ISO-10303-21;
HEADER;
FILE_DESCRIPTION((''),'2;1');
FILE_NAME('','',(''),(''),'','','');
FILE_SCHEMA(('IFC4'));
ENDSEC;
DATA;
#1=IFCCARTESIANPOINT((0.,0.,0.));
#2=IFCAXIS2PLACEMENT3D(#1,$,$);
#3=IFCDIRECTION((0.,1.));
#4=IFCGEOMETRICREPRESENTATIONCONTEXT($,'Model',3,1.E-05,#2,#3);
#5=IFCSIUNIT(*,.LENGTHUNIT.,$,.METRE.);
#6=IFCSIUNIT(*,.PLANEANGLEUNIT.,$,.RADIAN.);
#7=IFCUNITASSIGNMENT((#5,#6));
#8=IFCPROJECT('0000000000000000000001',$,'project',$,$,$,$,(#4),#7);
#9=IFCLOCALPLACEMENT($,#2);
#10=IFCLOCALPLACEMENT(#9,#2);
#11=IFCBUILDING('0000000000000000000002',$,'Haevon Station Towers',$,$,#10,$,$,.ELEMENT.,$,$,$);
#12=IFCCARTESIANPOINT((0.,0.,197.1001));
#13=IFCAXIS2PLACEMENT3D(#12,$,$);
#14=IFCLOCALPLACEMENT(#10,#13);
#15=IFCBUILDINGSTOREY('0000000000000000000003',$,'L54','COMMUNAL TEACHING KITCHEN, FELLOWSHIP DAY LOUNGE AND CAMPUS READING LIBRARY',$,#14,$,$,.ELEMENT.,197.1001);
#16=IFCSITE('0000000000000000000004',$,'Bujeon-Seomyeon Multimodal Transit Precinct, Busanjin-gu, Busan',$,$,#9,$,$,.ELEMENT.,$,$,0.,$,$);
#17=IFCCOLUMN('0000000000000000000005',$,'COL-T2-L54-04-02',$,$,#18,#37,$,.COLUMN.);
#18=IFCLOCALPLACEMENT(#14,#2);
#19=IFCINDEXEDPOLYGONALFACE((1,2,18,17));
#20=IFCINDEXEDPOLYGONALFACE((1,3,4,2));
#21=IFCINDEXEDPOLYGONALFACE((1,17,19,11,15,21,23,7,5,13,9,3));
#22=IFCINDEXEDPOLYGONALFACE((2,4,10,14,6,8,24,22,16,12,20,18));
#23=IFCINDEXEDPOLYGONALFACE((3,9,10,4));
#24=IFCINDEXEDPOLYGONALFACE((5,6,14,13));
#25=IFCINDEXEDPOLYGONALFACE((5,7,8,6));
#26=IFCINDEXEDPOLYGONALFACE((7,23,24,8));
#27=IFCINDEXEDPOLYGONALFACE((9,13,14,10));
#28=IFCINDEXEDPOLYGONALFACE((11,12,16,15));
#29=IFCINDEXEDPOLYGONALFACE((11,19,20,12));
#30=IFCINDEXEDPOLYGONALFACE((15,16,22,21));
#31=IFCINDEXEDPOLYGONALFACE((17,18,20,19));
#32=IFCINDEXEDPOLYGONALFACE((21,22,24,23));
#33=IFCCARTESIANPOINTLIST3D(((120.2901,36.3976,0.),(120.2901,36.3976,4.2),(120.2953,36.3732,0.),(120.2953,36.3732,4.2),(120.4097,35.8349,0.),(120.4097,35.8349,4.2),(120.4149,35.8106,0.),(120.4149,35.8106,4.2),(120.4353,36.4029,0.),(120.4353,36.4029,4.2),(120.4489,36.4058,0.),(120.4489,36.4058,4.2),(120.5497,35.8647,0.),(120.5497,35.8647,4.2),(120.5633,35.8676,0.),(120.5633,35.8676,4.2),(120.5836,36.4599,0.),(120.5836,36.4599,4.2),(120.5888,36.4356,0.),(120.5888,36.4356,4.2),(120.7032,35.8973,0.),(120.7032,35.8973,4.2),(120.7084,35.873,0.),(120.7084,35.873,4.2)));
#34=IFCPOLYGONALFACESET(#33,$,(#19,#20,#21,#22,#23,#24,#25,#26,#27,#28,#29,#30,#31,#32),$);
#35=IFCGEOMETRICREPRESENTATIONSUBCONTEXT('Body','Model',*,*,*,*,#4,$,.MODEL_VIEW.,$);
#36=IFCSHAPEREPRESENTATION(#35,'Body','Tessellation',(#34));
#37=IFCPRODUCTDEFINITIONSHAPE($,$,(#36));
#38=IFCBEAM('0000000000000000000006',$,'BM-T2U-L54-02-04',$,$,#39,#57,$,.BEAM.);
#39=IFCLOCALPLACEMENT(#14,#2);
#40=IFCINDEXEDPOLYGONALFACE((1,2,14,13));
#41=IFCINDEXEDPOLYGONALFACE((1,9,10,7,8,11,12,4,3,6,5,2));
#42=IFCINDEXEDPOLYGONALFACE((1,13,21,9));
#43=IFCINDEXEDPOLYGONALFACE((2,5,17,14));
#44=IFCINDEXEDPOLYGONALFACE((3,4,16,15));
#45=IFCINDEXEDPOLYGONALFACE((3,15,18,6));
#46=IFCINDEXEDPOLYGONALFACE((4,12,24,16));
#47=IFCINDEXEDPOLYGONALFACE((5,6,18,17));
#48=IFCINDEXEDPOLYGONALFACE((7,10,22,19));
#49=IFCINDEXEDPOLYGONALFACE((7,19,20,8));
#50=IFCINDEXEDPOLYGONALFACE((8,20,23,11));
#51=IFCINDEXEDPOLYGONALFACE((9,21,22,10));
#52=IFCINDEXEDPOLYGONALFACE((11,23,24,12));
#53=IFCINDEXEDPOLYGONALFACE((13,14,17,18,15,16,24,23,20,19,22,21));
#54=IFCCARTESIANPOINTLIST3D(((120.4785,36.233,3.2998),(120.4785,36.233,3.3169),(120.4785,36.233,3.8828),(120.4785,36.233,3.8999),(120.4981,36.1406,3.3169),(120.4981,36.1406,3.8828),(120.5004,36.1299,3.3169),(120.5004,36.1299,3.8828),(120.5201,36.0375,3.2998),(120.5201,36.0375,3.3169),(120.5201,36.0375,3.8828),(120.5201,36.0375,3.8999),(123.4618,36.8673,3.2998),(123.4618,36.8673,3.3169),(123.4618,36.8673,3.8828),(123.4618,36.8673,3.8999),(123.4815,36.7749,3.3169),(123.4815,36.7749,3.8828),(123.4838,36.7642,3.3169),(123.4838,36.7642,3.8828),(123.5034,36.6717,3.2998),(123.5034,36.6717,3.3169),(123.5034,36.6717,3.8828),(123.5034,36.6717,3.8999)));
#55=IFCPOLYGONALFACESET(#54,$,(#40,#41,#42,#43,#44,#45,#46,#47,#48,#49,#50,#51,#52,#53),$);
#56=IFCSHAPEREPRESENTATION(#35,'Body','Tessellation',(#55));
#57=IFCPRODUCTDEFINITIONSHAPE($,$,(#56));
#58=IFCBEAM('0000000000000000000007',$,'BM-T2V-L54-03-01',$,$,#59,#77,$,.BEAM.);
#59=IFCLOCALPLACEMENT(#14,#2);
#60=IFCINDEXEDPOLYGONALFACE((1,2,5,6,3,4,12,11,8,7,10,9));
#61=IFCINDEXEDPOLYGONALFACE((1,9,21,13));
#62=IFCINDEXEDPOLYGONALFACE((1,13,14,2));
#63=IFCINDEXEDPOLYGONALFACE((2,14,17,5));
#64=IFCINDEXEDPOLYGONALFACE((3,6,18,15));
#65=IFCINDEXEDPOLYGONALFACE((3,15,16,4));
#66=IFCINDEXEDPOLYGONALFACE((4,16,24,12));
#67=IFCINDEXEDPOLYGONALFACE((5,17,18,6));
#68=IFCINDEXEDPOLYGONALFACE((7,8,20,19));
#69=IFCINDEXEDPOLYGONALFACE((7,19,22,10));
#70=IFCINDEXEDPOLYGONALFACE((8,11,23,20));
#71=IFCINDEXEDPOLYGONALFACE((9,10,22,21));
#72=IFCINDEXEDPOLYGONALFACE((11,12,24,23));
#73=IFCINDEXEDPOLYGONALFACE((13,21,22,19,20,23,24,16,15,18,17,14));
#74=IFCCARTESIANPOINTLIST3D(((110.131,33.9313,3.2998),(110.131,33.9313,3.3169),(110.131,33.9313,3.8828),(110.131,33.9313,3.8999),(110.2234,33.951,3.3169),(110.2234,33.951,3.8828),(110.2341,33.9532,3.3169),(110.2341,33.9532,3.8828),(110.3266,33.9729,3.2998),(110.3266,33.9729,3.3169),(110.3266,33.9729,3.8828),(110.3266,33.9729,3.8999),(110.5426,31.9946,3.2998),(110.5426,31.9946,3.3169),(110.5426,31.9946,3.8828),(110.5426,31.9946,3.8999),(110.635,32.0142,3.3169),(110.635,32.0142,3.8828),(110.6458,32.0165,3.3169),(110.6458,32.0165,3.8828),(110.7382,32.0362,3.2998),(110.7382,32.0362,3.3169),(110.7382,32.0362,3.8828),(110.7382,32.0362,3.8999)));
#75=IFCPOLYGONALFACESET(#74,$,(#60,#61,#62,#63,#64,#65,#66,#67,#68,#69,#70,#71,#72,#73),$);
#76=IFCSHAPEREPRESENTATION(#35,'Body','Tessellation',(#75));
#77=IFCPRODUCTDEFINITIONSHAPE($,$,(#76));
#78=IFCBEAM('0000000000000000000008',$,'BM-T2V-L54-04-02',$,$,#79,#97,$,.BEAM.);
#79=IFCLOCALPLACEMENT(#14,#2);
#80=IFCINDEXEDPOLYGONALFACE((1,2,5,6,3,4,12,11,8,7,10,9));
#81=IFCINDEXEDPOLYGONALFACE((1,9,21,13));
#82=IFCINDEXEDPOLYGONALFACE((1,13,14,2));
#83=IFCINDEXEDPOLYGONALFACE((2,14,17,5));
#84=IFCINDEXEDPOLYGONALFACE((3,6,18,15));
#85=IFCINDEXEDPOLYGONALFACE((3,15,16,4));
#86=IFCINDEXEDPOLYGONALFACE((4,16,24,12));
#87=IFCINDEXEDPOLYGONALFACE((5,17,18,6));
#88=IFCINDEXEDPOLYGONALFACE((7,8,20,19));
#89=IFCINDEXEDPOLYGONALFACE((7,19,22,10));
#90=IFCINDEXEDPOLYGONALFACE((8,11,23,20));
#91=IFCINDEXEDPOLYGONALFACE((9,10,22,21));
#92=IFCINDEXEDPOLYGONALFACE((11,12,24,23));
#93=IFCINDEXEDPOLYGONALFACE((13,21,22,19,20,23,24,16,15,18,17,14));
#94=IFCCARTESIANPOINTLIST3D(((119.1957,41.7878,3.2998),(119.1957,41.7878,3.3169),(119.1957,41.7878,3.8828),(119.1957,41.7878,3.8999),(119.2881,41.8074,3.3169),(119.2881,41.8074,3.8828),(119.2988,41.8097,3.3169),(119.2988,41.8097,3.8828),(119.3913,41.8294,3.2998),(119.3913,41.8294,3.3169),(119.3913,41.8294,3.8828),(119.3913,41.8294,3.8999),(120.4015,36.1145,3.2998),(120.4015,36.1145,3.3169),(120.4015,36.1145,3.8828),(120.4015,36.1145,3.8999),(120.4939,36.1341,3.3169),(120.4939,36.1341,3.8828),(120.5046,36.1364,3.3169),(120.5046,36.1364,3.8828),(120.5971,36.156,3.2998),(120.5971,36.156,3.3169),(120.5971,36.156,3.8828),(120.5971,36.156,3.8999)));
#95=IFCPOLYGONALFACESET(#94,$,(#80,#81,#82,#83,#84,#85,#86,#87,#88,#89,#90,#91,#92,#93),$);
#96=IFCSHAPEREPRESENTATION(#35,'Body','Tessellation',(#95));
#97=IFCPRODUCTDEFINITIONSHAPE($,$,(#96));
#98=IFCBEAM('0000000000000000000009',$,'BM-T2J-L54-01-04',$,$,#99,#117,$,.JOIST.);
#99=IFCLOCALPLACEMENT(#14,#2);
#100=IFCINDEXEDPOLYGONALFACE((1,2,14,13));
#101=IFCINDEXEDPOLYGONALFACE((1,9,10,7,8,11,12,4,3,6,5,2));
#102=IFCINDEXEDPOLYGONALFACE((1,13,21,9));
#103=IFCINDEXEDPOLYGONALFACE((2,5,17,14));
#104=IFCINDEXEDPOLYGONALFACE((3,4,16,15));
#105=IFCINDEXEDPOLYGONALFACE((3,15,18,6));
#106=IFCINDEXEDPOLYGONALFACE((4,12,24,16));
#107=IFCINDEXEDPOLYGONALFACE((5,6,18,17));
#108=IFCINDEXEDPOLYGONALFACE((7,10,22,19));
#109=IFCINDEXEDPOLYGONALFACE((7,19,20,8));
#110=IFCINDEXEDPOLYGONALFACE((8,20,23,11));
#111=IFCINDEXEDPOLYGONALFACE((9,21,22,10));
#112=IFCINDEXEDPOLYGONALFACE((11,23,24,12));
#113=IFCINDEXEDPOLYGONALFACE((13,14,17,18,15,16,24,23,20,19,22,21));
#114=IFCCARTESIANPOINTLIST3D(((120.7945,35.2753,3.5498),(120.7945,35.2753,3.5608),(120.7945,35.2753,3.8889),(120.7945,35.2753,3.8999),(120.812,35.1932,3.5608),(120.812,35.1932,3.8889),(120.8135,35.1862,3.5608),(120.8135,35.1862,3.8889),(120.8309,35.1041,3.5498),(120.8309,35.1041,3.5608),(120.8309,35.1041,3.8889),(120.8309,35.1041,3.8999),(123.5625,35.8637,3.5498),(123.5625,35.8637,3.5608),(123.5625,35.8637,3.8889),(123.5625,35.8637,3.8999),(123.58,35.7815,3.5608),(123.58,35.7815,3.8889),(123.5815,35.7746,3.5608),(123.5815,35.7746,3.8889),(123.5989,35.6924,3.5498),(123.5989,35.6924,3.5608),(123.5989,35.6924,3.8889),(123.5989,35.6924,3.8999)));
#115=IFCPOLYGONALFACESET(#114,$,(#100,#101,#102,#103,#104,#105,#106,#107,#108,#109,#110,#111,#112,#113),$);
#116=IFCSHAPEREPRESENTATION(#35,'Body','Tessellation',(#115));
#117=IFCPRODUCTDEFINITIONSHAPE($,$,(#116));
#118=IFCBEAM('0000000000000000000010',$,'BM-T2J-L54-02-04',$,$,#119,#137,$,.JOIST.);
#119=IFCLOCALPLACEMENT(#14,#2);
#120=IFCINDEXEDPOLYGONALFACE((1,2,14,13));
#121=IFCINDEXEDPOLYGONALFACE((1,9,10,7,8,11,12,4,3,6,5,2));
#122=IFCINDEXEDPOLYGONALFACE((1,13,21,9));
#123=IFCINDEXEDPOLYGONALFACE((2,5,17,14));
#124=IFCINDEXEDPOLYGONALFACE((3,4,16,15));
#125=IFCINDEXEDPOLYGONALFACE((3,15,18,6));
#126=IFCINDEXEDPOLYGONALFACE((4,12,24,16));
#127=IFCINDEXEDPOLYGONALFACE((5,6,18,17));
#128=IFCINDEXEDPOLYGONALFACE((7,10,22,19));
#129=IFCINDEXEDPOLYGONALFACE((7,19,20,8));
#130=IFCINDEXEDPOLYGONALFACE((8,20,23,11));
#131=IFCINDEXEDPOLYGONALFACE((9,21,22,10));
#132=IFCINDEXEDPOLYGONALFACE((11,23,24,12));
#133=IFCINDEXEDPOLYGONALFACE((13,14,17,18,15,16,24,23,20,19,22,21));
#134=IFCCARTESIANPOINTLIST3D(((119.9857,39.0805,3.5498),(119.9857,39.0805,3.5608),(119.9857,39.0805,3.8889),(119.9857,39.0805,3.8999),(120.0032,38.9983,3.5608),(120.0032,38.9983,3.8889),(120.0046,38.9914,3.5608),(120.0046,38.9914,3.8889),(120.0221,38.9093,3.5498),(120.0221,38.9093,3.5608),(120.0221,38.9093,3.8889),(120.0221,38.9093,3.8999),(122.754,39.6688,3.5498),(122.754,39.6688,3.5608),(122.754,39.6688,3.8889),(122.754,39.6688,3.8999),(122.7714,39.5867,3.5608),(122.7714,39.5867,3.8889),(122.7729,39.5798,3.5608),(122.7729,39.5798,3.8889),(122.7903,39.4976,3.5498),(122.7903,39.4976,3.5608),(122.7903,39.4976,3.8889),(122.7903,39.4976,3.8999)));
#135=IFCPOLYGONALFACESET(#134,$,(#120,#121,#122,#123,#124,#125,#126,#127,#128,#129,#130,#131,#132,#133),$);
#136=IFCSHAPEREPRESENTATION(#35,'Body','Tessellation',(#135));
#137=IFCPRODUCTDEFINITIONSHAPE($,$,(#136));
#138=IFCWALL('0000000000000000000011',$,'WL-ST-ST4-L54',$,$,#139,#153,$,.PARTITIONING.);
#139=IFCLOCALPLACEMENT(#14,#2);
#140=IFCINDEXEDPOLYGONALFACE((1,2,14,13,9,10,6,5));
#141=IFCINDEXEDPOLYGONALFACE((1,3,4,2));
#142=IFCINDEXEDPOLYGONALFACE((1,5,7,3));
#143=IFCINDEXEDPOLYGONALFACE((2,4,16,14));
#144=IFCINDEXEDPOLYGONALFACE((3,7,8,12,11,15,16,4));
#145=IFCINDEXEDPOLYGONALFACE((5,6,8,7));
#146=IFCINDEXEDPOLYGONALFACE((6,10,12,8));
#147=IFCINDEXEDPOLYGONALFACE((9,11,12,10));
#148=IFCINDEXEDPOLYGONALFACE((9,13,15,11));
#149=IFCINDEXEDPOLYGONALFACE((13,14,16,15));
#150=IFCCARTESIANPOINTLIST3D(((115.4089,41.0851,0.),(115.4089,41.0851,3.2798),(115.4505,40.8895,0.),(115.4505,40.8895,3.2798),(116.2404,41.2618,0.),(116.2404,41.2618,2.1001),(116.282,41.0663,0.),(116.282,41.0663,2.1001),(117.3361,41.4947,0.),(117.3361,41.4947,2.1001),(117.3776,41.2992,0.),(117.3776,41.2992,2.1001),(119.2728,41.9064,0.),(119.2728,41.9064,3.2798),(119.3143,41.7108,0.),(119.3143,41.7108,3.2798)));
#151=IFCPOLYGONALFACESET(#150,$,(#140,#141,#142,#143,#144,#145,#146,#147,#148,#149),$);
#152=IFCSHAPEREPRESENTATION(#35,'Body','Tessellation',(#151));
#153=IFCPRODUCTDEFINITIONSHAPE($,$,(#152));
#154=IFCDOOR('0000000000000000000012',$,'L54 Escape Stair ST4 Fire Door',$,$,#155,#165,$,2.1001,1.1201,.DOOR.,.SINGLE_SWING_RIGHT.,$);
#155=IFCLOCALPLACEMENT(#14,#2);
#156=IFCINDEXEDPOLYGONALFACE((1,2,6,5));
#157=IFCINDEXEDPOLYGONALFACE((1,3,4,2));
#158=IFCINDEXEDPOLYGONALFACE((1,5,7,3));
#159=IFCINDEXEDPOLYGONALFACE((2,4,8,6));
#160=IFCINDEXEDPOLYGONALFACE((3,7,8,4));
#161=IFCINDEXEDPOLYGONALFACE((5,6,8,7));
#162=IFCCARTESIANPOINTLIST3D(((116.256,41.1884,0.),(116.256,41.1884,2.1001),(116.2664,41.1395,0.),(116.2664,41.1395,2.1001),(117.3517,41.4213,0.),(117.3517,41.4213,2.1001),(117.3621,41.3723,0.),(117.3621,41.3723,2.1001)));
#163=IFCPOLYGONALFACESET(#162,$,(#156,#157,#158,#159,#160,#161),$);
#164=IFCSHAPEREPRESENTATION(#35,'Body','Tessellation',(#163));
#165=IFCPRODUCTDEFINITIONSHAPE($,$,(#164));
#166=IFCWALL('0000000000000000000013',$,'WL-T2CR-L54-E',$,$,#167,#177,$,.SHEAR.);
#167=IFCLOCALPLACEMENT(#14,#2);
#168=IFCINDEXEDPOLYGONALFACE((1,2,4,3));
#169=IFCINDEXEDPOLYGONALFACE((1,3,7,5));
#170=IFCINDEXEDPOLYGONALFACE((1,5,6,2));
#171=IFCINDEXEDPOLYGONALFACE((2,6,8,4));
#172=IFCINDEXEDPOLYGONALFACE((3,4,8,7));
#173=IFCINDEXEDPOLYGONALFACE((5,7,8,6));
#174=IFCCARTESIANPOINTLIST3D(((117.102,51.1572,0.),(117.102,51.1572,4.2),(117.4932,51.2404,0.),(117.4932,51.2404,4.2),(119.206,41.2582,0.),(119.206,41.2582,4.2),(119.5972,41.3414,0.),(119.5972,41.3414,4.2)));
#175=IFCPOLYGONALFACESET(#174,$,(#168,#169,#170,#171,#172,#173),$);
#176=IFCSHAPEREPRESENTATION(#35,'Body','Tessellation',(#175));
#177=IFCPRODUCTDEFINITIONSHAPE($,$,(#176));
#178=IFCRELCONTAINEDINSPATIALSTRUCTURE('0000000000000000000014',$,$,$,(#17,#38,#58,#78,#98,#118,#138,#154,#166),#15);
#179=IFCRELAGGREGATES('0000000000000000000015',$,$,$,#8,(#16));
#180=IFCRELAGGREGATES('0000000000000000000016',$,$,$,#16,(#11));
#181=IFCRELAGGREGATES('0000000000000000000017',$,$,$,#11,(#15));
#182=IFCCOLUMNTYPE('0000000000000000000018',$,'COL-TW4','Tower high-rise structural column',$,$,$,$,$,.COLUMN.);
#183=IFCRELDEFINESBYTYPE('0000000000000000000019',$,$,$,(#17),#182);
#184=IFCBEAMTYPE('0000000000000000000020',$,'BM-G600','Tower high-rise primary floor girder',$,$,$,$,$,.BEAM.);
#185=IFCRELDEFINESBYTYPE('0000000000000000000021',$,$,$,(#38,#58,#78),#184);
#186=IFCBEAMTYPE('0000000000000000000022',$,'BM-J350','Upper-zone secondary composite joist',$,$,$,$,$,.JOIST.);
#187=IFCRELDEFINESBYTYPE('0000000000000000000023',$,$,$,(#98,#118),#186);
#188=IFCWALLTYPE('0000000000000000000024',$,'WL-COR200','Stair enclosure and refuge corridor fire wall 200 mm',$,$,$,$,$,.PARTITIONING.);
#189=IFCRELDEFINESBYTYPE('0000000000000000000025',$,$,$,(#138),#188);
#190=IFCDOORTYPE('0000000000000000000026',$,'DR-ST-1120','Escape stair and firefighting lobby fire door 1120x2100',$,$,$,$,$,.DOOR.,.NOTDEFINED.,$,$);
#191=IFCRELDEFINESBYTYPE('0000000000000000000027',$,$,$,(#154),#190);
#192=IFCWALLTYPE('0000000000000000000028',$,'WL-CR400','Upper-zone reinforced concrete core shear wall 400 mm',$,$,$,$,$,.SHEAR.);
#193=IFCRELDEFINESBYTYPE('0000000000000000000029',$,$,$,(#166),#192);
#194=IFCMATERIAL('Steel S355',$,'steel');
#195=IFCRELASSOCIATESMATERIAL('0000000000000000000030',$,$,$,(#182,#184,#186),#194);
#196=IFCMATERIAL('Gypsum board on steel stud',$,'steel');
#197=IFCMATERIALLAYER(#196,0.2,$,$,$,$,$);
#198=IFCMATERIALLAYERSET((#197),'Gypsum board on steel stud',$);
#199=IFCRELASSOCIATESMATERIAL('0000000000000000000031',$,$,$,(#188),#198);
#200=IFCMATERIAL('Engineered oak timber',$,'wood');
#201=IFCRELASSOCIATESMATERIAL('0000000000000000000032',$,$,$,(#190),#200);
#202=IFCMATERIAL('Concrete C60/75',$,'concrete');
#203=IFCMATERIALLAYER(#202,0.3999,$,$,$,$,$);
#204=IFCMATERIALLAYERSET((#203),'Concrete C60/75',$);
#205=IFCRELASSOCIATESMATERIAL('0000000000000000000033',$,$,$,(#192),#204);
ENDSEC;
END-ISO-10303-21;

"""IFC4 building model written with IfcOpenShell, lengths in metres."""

from ifc_helpers import new_model, si_unit, direction, frame, frame_2d, origin, origin_2d, place, context, subcontext, project, spatial, rectangle, i_section, extrude, material, layer, layer_set, material_profile, profile_set, type_object, element, fill, save


model = new_model("IFC4")

# Units and contexts
model_context = context("Model", 3, precision=1e-05, world=origin(), true_north=direction((0.0, 1.0)))
body_context = subcontext(model_context, "Body", "Model", "MODEL_VIEW")
ifc_project = project(units=[si_unit("LENGTHUNIT", "METRE"), si_unit("PLANEANGLEUNIT", "RADIAN")], contexts=[model_context])

# Site, building, storey
site_placement = place(None, origin())
site = spatial("IfcSite", under=ifc_project, at=site_placement, Name="Bujeon-Seomyeon Multimodal Transit Precinct, Busanjin-gu, Busan", CompositionType="ELEMENT", RefElevation=0.0)
building_placement = place(site_placement, origin())
building = spatial("IfcBuilding", under=site, at=building_placement, Name="Haevon Station Towers", CompositionType="ELEMENT")
storey_placement = place(building_placement, frame((0.0, 0.0, 197.1001)))
storey = spatial("IfcBuildingStorey", under=building, at=storey_placement, Name="L54", Description="COMMUNAL TEACHING KITCHEN, FELLOWSHIP DAY LOUNGE AND CAMPUS READING LIBRARY", CompositionType="ELEMENT", Elevation=197.1001)

# Column
ifc_material_1 = material(Name="Steel S355", Category="steel")
ifc_material_profile_1 = material_profile(ifc_material_1, i_section(OverallWidth=0.3, OverallDepth=0.6001, WebThickness=0.0139, FlangeThickness=0.0249, at=origin_2d()), Name="H-600x300x14x25")
ifc_profile_set_1 = profile_set([ifc_material_profile_1], Name="Steel S355")
column_type = type_object("IfcColumnType", Name="COL-TW4", Description="Tower high-rise structural column", PredefinedType="COLUMN", material=ifc_profile_set_1)
column_placement = place(storey_placement, frame((120.4993, 36.1353, 0.0), z_axis=(0.0, 0.0, 1.0), x_axis=(0.978148, 0.207912, 0.0)))
element("IfcColumn", 1, at=column_placement, inside=storey, type_object=column_type, Name="COL-T2-L54-04-02", PredefinedType="COLUMN", context=body_context, shape_type="SweptSolid", body=[
    extrude(i_section(OverallWidth=0.3, OverallDepth=0.6001, WebThickness=0.0139, FlangeThickness=0.0249, at=origin_2d()), origin(), (0.0, 0.0, 1.0), 4.2),
])

# Beams
ifc_material_profile_2 = material_profile(ifc_material_1, i_section(OverallWidth=0.2, OverallDepth=0.6001, WebThickness=0.011, FlangeThickness=0.0171, at=origin_2d()), Name="H-600x200x11x17")
ifc_profile_set_2 = profile_set([ifc_material_profile_2], Name="Steel S355")
beam_type_1 = type_object("IfcBeamType", Name="BM-G600", Description="Tower high-rise primary floor girder", PredefinedType="BEAM", material=ifc_profile_set_2)
beam_1_placement = place(storey_placement, frame((120.4993, 36.1353, 3.5999), z_axis=(0.978139, 0.207954, 0.0), x_axis=(-0.207954, 0.978139, 0.0)))
element("IfcBeam", 2, at=beam_1_placement, inside=storey, type_object=beam_type_1, Name="BM-T2U-L54-02-04", PredefinedType="BEAM", context=body_context, shape_type="SweptSolid", body=[
    extrude(i_section(OverallWidth=0.2, OverallDepth=0.6001, WebThickness=0.011, FlangeThickness=0.0171, at=origin_2d()), origin(), (0.0, 0.0, 1.0), 3.05),
])
beam_2_placement = place(storey_placement, frame((110.6404, 32.0154, 3.5999), z_axis=(-0.207887, 0.978153, 0.0), x_axis=(-0.978153, -0.207887, 0.0)))
element("IfcBeam", 3, at=beam_2_placement, inside=storey, type_object=beam_type_1, Name="BM-T2V-L54-03-01", PredefinedType="BEAM", context=body_context, shape_type="SweptSolid", body=[
    extrude(i_section(OverallWidth=0.2, OverallDepth=0.6001, WebThickness=0.011, FlangeThickness=0.0171, at=origin_2d()), origin(), (0.0, 0.0, 1.0), 1.98),
])
beam_3_placement = place(storey_placement, frame((120.4993, 36.1353, 3.5999), z_axis=(-0.207896, 0.978151, 0.0), x_axis=(-0.978151, -0.207896, 0.0)))
element("IfcBeam", 4, at=beam_3_placement, inside=storey, type_object=beam_type_1, Name="BM-T2V-L54-04-02", PredefinedType="BEAM", context=body_context, shape_type="SweptSolid", body=[
    extrude(i_section(OverallWidth=0.2, OverallDepth=0.6001, WebThickness=0.011, FlangeThickness=0.0171, at=origin_2d()), origin(), (0.0, 0.0, 1.0), 5.8),
])
ifc_material_profile_3 = material_profile(ifc_material_1, i_section(OverallWidth=0.175, OverallDepth=0.3501, WebThickness=0.0071, FlangeThickness=0.011, at=origin_2d()), Name="H-350x175x7x11")
ifc_profile_set_3 = profile_set([ifc_material_profile_3], Name="Steel S355")
beam_type_2 = type_object("IfcBeamType", Name="BM-J350", Description="Upper-zone secondary composite joist", PredefinedType="JOIST", material=ifc_profile_set_3)
beam_4_placement = place(storey_placement, frame((120.8127, 35.1897, 3.7249), z_axis=(0.978147, 0.207914, 0.0), x_axis=(-0.207914, 0.978147, 0.0)))
element("IfcBeam", 5, at=beam_4_placement, inside=storey, type_object=beam_type_2, Name="BM-T2J-L54-01-04", PredefinedType="JOIST", context=body_context, shape_type="SweptSolid", body=[
    extrude(i_section(OverallWidth=0.175, OverallDepth=0.3501, WebThickness=0.0071, FlangeThickness=0.011, at=origin_2d()), origin(), (0.0, 0.0, 1.0), 2.8298),
])
beam_5_placement = place(storey_placement, frame((120.0039, 38.9949, 3.7249), z_axis=(0.978151, 0.207897, 0.0), x_axis=(-0.207897, 0.978151, 0.0)))
element("IfcBeam", 6, at=beam_5_placement, inside=storey, type_object=beam_type_2, Name="BM-T2J-L54-02-04", PredefinedType="JOIST", context=body_context, shape_type="SweptSolid", body=[
    extrude(i_section(OverallWidth=0.175, OverallDepth=0.3501, WebThickness=0.0071, FlangeThickness=0.011, at=origin_2d()), origin(), (0.0, 0.0, 1.0), 2.8301),
])

# Wall, opening, door
ifc_material_2 = material(Name="Gypsum board on steel stud", Category="steel")
ifc_layer_1 = layer(ifc_material_2, 0.2)
ifc_layer_set_1 = layer_set([ifc_layer_1], Name="Gypsum board on steel stud")
wall_type_1 = type_object("IfcWallType", Name="WL-COR200", Description="Stair enclosure and refuge corridor fire wall 200 mm", PredefinedType="PARTITIONING", material=ifc_layer_set_1)
wall_1_placement = place(storey_placement, frame((115.4297, 40.9873, 0.0), z_axis=(0.0, 0.0, 1.0), x_axis=(0.978147, 0.207916, 0.0)))
wall_1 = element("IfcWall", 7, at=wall_1_placement, inside=storey, type_object=wall_type_1, Name="WL-ST-ST4-L54", PredefinedType="PARTITIONING", context=body_context, shape_type="SweptSolid", body=[
    extrude(rectangle(XDim=3.9502, YDim=0.2, at=frame_2d((1.9751, 0.0))), origin(), (0.0, 0.0, 1.0), 3.2798),
])
opening_placement = place(wall_1_placement, frame((0.8501, 0.0, 0.0)))
opening = element("IfcOpeningElement", 8, at=opening_placement, cuts=wall_1, PredefinedType="OPENING", context=body_context, shape_type="SweptSolid", body=[
    extrude(rectangle(XDim=1.1201, YDim=2.1001, at=frame_2d((0.5601, 1.05))), frame((0.0, 0.1099, 0.0), z_axis=(0.0, -1.0, 0.0), x_axis=(1.0, 0.0, 0.0)), (0.0, 0.0, 1.0), 0.22),
])
ifc_material_3 = material(Name="Engineered oak timber", Category="wood")
door_type = type_object("IfcDoorType", Name="DR-ST-1120", Description="Escape stair and firefighting lobby fire door 1120x2100", OperationType="NOTDEFINED", PredefinedType="DOOR", material=ifc_material_3)
door_placement = place(opening_placement, origin())
door = element("IfcDoor", 9, at=door_placement, inside=storey, type_object=door_type, Name="L54 Escape Stair ST4 Fire Door", OperationType="SINGLE_SWING_RIGHT", OverallHeight=2.1001, OverallWidth=1.1201, PredefinedType="DOOR", context=body_context, shape_type="SweptSolid", body=[
    extrude(rectangle(XDim=1.1201, YDim=2.1001, at=frame_2d((0.5601, 1.05))), frame((0.0, 0.0249, 0.0), z_axis=(0.0, -1.0, 0.0), x_axis=(1.0, 0.0, 0.0)), (0.0, 0.0, 1.0), 0.05),
])
fill(opening, door)

# Wall
ifc_material_4 = material(Name="Concrete C60/75", Category="concrete")
ifc_layer_2 = layer(ifc_material_4, 0.3999)
ifc_layer_set_2 = layer_set([ifc_layer_2], Name="Concrete C60/75")
wall_type_2 = type_object("IfcWallType", Name="WL-CR400", Description="Upper-zone reinforced concrete core shear wall 400 mm", PredefinedType="SHEAR", material=ifc_layer_set_2)
wall_2_placement = place(storey_placement, frame((119.4016, 41.2998, 0.0), z_axis=(0.0, 0.0, 1.0), x_axis=(-0.207904, 0.978149, 0.0)))
element("IfcWall", 10, at=wall_2_placement, inside=storey, type_object=wall_type_2, Name="WL-T2CR-L54-E", PredefinedType="SHEAR", context=body_context, shape_type="SweptSolid", body=[
    extrude(rectangle(XDim=10.1201, YDim=0.3999, at=frame_2d((5.0601, 0.0))), origin(), (0.0, 0.0, 1.0), 4.2),
])

save(model, "model.ifc")
